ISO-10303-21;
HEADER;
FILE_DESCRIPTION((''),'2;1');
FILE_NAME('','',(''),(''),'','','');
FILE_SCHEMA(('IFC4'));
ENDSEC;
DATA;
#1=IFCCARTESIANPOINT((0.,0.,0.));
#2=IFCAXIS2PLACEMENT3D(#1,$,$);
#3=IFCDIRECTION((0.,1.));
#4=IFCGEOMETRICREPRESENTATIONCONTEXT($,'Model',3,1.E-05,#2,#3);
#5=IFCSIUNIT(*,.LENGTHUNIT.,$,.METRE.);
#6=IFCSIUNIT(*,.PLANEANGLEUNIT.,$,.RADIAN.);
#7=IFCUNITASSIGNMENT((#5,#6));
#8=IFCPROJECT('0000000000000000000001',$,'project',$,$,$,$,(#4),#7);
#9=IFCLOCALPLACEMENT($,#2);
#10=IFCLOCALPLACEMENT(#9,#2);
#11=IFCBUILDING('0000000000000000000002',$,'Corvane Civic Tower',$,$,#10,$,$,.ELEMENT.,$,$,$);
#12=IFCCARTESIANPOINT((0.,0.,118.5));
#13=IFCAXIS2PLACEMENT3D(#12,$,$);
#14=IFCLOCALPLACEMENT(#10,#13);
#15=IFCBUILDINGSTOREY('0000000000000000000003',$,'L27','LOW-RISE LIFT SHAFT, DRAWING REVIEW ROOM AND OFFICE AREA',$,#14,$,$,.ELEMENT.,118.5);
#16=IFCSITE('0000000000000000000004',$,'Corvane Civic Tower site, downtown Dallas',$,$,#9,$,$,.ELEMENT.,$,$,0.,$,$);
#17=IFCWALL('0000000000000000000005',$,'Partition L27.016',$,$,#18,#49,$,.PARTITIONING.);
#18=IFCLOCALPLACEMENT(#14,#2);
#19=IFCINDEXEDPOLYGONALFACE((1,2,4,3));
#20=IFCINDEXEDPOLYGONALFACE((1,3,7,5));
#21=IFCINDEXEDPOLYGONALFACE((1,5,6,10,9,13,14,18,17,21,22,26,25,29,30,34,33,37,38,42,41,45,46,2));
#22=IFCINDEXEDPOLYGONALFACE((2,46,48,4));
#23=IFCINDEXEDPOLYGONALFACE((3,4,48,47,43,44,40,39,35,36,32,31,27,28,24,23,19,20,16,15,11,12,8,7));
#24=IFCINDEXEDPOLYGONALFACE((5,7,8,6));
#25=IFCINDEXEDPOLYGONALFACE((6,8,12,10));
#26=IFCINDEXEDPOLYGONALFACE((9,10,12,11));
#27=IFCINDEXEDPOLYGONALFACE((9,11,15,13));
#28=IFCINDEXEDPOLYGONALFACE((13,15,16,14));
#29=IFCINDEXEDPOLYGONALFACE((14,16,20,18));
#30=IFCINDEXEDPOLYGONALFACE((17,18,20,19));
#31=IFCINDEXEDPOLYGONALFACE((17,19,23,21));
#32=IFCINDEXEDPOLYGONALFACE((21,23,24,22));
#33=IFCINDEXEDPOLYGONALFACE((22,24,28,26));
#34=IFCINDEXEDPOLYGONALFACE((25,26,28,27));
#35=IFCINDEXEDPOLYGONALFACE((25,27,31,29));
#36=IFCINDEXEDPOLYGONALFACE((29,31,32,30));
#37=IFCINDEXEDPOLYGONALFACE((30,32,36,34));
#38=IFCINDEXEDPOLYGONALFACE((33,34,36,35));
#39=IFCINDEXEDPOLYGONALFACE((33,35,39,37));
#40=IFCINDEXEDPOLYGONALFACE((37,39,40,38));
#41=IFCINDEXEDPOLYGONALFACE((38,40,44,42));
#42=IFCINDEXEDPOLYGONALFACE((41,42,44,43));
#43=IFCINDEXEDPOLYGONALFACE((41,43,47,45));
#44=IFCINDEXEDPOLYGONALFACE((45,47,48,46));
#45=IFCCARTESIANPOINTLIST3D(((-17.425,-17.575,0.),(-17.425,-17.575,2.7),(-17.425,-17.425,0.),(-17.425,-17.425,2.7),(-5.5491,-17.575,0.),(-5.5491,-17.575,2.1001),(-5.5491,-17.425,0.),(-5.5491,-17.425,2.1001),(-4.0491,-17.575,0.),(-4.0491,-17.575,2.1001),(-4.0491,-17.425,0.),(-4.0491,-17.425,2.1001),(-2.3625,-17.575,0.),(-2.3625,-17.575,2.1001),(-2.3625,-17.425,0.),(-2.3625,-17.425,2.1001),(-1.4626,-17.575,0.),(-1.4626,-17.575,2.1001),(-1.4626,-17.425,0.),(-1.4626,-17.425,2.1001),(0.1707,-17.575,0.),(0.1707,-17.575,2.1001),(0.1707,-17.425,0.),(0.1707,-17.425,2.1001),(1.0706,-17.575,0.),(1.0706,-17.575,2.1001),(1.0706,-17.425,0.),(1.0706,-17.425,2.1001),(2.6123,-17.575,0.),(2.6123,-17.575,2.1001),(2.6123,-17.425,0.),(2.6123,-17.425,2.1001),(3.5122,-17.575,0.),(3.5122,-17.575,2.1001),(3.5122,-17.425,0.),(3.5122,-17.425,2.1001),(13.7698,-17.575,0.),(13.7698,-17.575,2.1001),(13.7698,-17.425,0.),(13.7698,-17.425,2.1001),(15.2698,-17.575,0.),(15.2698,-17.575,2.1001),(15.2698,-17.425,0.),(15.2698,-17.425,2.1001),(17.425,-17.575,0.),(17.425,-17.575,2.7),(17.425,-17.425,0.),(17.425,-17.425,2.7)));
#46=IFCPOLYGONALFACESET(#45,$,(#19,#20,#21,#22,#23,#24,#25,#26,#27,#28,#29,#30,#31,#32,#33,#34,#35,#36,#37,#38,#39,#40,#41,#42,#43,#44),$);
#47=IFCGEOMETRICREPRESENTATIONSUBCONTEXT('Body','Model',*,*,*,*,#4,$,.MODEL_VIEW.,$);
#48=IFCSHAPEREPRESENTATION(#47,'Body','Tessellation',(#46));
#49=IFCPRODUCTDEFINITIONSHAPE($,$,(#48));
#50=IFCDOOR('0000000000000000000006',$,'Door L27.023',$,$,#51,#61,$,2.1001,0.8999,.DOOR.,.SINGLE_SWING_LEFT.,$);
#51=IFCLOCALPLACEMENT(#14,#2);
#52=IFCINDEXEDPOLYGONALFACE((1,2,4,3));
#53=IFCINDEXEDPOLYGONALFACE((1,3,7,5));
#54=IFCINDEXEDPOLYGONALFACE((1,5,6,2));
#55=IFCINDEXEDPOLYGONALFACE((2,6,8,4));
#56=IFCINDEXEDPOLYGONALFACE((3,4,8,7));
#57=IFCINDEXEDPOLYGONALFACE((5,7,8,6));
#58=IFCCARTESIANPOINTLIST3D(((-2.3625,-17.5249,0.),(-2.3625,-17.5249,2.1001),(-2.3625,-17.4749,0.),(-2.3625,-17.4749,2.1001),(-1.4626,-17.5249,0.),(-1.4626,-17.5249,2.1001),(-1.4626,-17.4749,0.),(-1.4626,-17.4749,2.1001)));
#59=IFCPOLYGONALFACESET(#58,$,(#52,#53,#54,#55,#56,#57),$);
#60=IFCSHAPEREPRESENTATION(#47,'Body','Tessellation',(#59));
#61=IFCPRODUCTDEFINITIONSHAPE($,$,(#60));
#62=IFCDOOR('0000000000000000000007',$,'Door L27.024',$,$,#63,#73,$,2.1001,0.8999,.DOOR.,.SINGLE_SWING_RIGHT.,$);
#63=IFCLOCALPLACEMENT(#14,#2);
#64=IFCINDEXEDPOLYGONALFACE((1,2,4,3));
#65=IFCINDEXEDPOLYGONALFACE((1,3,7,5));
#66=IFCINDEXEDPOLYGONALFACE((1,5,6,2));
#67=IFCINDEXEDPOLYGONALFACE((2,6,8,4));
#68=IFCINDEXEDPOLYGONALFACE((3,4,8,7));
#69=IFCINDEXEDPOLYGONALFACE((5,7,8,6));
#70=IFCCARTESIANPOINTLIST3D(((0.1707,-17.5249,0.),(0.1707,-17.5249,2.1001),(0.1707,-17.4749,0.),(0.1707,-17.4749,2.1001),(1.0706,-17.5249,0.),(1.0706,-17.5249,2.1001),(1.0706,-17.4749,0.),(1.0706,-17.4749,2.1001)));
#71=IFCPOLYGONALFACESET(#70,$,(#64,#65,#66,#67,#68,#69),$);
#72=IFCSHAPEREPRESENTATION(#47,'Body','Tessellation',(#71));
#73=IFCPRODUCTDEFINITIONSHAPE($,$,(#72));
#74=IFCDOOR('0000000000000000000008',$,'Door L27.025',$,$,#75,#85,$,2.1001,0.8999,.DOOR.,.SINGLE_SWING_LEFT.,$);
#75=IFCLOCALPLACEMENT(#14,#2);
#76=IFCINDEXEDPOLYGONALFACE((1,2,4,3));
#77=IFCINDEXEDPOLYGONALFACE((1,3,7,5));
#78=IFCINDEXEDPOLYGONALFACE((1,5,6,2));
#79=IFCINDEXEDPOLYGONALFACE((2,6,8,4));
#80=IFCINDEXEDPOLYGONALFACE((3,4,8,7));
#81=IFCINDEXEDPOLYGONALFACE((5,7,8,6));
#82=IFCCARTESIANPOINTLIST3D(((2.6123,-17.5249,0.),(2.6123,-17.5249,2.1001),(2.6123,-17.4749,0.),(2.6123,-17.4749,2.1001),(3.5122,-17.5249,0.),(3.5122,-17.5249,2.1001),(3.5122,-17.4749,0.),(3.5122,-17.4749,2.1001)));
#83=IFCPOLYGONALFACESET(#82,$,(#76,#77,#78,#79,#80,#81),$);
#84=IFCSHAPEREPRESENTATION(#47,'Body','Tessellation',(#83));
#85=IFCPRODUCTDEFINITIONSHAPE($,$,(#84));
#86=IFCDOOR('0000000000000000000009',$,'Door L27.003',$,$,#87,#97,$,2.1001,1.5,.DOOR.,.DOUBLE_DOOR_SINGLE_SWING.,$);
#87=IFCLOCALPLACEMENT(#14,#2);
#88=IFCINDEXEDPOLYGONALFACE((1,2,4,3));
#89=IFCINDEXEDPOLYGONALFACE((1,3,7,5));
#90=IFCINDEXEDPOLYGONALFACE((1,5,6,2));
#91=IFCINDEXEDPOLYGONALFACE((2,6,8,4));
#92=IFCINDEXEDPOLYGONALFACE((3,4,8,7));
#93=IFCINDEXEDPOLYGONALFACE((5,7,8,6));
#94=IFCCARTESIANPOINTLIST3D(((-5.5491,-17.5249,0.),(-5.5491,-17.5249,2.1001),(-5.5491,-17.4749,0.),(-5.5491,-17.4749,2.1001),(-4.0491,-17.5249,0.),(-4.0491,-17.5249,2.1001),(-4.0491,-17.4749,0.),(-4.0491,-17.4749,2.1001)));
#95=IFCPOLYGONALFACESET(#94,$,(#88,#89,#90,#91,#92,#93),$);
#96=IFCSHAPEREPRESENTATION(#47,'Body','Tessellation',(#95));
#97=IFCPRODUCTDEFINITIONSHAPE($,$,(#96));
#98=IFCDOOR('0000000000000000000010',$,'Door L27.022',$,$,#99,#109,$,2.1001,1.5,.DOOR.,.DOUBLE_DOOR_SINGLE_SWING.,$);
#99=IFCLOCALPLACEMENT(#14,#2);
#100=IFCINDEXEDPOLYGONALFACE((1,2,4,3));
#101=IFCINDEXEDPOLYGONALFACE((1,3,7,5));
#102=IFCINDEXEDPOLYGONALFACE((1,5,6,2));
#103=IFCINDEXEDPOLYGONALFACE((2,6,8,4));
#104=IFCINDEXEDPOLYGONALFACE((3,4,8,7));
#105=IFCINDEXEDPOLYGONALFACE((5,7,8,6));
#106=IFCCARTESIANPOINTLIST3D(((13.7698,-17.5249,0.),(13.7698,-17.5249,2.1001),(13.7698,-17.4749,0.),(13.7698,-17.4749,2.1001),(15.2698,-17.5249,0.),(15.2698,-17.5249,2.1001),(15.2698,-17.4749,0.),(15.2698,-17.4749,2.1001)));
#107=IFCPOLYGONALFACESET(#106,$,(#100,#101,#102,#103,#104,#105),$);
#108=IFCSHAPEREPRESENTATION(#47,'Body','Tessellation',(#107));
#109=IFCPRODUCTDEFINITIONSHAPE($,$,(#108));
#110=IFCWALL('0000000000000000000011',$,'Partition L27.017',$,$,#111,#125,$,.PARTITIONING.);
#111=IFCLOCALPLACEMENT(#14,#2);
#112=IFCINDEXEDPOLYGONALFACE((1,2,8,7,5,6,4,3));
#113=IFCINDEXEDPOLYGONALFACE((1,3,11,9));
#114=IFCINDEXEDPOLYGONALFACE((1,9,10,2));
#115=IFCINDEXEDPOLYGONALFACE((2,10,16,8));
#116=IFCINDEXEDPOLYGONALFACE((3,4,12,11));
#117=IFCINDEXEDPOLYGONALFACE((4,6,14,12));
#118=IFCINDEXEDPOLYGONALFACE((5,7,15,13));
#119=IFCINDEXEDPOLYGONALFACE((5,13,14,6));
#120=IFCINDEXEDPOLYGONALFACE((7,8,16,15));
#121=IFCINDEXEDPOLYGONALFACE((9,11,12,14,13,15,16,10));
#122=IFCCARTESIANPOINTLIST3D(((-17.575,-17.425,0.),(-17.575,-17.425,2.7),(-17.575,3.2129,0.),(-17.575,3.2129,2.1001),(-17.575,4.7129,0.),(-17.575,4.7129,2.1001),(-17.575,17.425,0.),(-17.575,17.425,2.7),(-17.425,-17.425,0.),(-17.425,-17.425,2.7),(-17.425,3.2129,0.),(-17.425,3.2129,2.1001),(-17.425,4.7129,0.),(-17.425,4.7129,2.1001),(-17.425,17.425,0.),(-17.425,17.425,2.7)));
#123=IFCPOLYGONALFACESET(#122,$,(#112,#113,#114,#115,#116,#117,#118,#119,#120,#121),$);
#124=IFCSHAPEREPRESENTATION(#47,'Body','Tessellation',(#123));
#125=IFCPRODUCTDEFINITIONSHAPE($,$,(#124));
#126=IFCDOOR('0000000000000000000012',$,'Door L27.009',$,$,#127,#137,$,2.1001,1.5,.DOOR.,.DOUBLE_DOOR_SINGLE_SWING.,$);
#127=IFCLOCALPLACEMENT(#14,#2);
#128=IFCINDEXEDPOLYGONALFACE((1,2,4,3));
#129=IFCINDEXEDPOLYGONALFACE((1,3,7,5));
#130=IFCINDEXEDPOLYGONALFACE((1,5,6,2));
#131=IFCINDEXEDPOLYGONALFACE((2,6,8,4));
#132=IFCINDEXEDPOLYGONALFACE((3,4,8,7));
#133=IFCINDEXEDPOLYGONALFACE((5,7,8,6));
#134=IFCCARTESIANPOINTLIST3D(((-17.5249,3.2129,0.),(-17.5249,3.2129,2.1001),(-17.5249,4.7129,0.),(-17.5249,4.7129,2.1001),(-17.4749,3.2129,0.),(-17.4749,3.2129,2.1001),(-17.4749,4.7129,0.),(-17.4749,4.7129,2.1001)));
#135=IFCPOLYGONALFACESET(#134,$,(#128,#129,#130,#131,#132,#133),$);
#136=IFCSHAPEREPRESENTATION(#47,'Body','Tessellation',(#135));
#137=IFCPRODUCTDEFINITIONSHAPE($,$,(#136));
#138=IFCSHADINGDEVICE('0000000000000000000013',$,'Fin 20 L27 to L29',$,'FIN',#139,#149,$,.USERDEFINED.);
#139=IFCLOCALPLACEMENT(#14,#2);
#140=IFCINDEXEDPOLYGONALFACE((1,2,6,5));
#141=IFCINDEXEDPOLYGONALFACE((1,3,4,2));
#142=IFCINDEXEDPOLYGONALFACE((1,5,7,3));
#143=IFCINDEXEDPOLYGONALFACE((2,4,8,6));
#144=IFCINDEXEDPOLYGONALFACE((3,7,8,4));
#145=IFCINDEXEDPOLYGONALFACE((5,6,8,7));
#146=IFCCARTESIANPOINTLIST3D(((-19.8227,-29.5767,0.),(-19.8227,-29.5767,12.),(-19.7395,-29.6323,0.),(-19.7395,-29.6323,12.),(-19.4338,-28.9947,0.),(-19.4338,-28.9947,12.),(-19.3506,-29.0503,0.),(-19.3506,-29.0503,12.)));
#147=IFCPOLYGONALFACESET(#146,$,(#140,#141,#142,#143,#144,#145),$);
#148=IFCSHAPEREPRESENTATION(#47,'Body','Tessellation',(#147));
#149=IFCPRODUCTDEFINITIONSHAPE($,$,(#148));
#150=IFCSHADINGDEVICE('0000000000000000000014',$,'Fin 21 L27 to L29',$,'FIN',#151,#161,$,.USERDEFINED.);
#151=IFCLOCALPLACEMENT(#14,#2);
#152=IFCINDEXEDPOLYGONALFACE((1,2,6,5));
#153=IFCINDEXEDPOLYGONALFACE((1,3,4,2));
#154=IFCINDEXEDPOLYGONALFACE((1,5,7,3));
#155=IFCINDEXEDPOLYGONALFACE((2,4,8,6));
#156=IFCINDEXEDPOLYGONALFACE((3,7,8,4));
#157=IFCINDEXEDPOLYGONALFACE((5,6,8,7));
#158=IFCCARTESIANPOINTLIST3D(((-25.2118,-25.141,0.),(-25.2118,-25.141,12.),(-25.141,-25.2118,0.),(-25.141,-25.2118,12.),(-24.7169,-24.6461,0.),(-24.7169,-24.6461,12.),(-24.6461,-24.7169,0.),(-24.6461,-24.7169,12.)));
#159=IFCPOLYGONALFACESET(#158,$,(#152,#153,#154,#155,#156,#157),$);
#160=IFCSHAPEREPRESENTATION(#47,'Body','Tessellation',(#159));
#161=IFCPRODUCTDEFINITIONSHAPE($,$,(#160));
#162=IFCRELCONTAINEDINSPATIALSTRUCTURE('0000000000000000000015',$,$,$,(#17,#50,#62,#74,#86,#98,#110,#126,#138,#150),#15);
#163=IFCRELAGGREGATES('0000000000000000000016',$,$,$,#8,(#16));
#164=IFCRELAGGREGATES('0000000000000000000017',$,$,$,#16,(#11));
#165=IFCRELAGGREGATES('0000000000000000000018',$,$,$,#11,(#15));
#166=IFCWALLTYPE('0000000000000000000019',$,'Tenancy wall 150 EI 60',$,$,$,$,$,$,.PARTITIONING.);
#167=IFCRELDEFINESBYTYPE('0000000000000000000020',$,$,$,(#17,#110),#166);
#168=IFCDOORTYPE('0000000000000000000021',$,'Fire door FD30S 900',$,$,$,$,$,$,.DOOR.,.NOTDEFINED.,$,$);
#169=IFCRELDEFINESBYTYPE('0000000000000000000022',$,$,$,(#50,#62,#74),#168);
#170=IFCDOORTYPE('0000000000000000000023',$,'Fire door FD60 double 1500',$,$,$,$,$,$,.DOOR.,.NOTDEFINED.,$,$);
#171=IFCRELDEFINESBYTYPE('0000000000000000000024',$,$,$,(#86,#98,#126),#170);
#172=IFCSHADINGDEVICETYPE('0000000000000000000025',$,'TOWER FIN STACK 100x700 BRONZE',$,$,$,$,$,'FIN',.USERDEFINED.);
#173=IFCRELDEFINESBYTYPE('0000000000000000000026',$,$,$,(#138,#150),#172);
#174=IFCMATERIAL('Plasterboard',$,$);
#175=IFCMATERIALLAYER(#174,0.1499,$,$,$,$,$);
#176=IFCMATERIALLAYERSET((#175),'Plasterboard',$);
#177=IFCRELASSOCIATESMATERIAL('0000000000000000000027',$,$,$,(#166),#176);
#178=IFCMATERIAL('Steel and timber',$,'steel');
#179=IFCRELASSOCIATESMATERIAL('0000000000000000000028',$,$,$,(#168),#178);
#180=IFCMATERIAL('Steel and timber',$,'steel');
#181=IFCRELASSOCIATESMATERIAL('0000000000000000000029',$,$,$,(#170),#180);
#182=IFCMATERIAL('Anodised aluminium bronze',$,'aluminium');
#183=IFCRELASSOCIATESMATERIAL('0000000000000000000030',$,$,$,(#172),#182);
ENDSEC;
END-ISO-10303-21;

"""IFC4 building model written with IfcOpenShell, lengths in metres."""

from ifc_helpers import new_model, si_unit, direction, frame, frame_2d, origin, origin_2d, place, context, subcontext, project, spatial, rectangle, extrude, material, layer, layer_set, material_profile, profile_set, type_object, element, fill, save


model = new_model("IFC4")

# Units and contexts
model_context = context("Model", 3, precision=1e-05, world=origin(), true_north=direction((0.0, 1.0)))
body_context = subcontext(model_context, "Body", "Model", "MODEL_VIEW")
ifc_project = project(units=[si_unit("LENGTHUNIT", "METRE"), si_unit("PLANEANGLEUNIT", "RADIAN")], contexts=[model_context])

# Site, building, storey
site_placement = place(None, origin())
site = spatial("IfcSite", under=ifc_project, at=site_placement, Name="Corvane Civic Tower site, downtown Dallas", CompositionType="ELEMENT", RefElevation=0.0)
building_placement = place(site_placement, origin())
building = spatial("IfcBuilding", under=site, at=building_placement, Name="Corvane Civic Tower", CompositionType="ELEMENT")
storey_placement = place(building_placement, frame((0.0, 0.0, 118.5)))
storey = spatial("IfcBuildingStorey", under=building, at=storey_placement, Name="L27", Description="LOW-RISE LIFT SHAFT, DRAWING REVIEW ROOM AND OFFICE AREA", CompositionType="ELEMENT", Elevation=118.5)

# Wall, openings, doors
ifc_material_1 = material(Name="Plasterboard")
ifc_layer_1 = layer(ifc_material_1, 0.1499)
ifc_layer_set_1 = layer_set([ifc_layer_1], Name="Plasterboard")
wall_type_1 = type_object("IfcWallType", Name="Tenancy wall 150 EI 60", PredefinedType="PARTITIONING", material=ifc_layer_set_1)
wall_1_placement = place(storey_placement, frame((-17.425, -17.5, 0.0), z_axis=(0.0, 0.0, 1.0), x_axis=(1.0, 0.0, 0.0)))
wall_1 = element("IfcWall", 1, at=wall_1_placement, inside=storey, type_object=wall_type_1, Name="Partition L27.016", PredefinedType="PARTITIONING", context=body_context, shape_type="SweptSolid", body=[
    extrude(rectangle(XDim=34.8501, YDim=0.1499, at=frame_2d((17.425, 0.0))), origin(), (0.0, 0.0, 1.0), 2.7),
])
opening_1_placement = place(wall_1_placement, frame((11.876, 0.0, 0.0)))
opening_1 = element("IfcOpeningElement", 2, at=opening_1_placement, cuts=wall_1, PredefinedType="OPENING", context=body_context, shape_type="SweptSolid", body=[
    extrude(rectangle(XDim=1.5, YDim=2.1001, at=frame_2d((0.75, 1.05))), frame((0.0, 0.085, 0.0), z_axis=(0.0, -1.0, 0.0), x_axis=(1.0, 0.0, 0.0)), (0.0, 0.0, 1.0), 0.1699),
])
opening_2_placement = place(wall_1_placement, frame((31.1948, 0.0, 0.0)))
opening_2 = element("IfcOpeningElement", 3, at=opening_2_placement, cuts=wall_1, PredefinedType="OPENING", context=body_context, shape_type="SweptSolid", body=[
    extrude(rectangle(XDim=1.5, YDim=2.1001, at=frame_2d((0.75, 1.05))), frame((0.0, 0.085, 0.0), z_axis=(0.0, -1.0, 0.0), x_axis=(1.0, 0.0, 0.0)), (0.0, 0.0, 1.0), 0.1699),
])
opening_3_placement = place(wall_1_placement, frame((15.0625, 0.0, 0.0)))
opening_3 = element("IfcOpeningElement", 4, at=opening_3_placement, cuts=wall_1, PredefinedType="OPENING", context=body_context, shape_type="SweptSolid", body=[
    extrude(rectangle(XDim=0.8999, YDim=2.1001, at=frame_2d((0.45, 1.05))), frame((0.0, 0.085, 0.0), z_axis=(0.0, -1.0, 0.0), x_axis=(1.0, 0.0, 0.0)), (0.0, 0.0, 1.0), 0.1699),
])
opening_4_placement = place(wall_1_placement, frame((17.5957, 0.0, 0.0)))
opening_4 = element("IfcOpeningElement", 5, at=opening_4_placement, cuts=wall_1, PredefinedType="OPENING", context=body_context, shape_type="SweptSolid", body=[
    extrude(rectangle(XDim=0.8999, YDim=2.1001, at=frame_2d((0.45, 1.05))), frame((0.0, 0.085, 0.0), z_axis=(0.0, -1.0, 0.0), x_axis=(1.0, 0.0, 0.0)), (0.0, 0.0, 1.0), 0.1699),
])
opening_5_placement = place(wall_1_placement, frame((20.0374, 0.0, 0.0)))
opening_5 = element("IfcOpeningElement", 6, at=opening_5_placement, cuts=wall_1, PredefinedType="OPENING", context=body_context, shape_type="SweptSolid", body=[
    extrude(rectangle(XDim=0.8999, YDim=2.1001, at=frame_2d((0.45, 1.05))), frame((0.0, 0.085, 0.0), z_axis=(0.0, -1.0, 0.0), x_axis=(1.0, 0.0, 0.0)), (0.0, 0.0, 1.0), 0.1699),
])
ifc_material_2 = material(Name="Steel and timber", Category="steel")
door_type_1 = type_object("IfcDoorType", Name="Fire door FD30S 900", OperationType="NOTDEFINED", PredefinedType="DOOR", material=ifc_material_2)
door_1_placement = place(opening_3_placement, frame((0.8999, 0.0, 0.0), z_axis=(0.0, 0.0, 1.0), x_axis=(-1.0, 0.0, 0.0)))
door_1 = element("IfcDoor", 7, at=door_1_placement, inside=storey, type_object=door_type_1, Name="Door L27.023", OperationType="SINGLE_SWING_LEFT", OverallHeight=2.1001, OverallWidth=0.8999, PredefinedType="DOOR", context=body_context, shape_type="SweptSolid", body=[
    extrude(rectangle(XDim=0.8999, YDim=2.1001, at=frame_2d((0.45, 1.05))), frame((0.0, 0.0249, 0.0), z_axis=(0.0, -1.0, 0.0), x_axis=(1.0, 0.0, 0.0)), (0.0, 0.0, 1.0), 0.05),
])
fill(opening_3, door_1)
door_2_placement = place(opening_4_placement, frame((0.8999, 0.0, 0.0), z_axis=(0.0, 0.0, 1.0), x_axis=(-1.0, 0.0, 0.0)))
door_2 = element("IfcDoor", 8, at=door_2_placement, inside=storey, type_object=door_type_1, Name="Door L27.024", OperationType="SINGLE_SWING_RIGHT", OverallHeight=2.1001, OverallWidth=0.8999, PredefinedType="DOOR", context=body_context, shape_type="SweptSolid", body=[
    extrude(rectangle(XDim=0.8999, YDim=2.1001, at=frame_2d((0.45, 1.05))), frame((0.0, 0.0249, 0.0), z_axis=(0.0, -1.0, 0.0), x_axis=(1.0, 0.0, 0.0)), (0.0, 0.0, 1.0), 0.05),
])
fill(opening_4, door_2)
door_3_placement = place(opening_5_placement, frame((0.8999, 0.0, 0.0), z_axis=(0.0, 0.0, 1.0), x_axis=(-1.0, 0.0, 0.0)))
door_3 = element("IfcDoor", 9, at=door_3_placement, inside=storey, type_object=door_type_1, Name="Door L27.025", OperationType="SINGLE_SWING_LEFT", OverallHeight=2.1001, OverallWidth=0.8999, PredefinedType="DOOR", context=body_context, shape_type="SweptSolid", body=[
    extrude(rectangle(XDim=0.8999, YDim=2.1001, at=frame_2d((0.45, 1.05))), frame((0.0, 0.0249, 0.0), z_axis=(0.0, -1.0, 0.0), x_axis=(1.0, 0.0, 0.0)), (0.0, 0.0, 1.0), 0.05),
])
fill(opening_5, door_3)
ifc_material_3 = material(Name="Steel and timber", Category="steel")
door_type_2 = type_object("IfcDoorType", Name="Fire door FD60 double 1500", OperationType="NOTDEFINED", PredefinedType="DOOR", material=ifc_material_3)
door_4_placement = place(opening_1_placement, frame((1.5, 0.0, 0.0), z_axis=(0.0, 0.0, 1.0), x_axis=(-1.0, 0.0, 0.0)))
door_4 = element("IfcDoor", 10, at=door_4_placement, inside=storey, type_object=door_type_2, Name="Door L27.003", OperationType="DOUBLE_DOOR_SINGLE_SWING", OverallHeight=2.1001, OverallWidth=1.5, PredefinedType="DOOR", context=body_context, shape_type="SweptSolid", body=[
    extrude(rectangle(XDim=1.5, YDim=2.1001, at=frame_2d((0.75, 1.05))), frame((0.0, 0.0249, 0.0), z_axis=(0.0, -1.0, 0.0), x_axis=(1.0, 0.0, 0.0)), (0.0, 0.0, 1.0), 0.05),
])
fill(opening_1, door_4)
door_5_placement = place(opening_2_placement, frame((1.5, 0.0, 0.0), z_axis=(0.0, 0.0, 1.0), x_axis=(-1.0, 0.0, 0.0)))
door_5 = element("IfcDoor", 11, at=door_5_placement, inside=storey, type_object=door_type_2, Name="Door L27.022", OperationType="DOUBLE_DOOR_SINGLE_SWING", OverallHeight=2.1001, OverallWidth=1.5, PredefinedType="DOOR", context=body_context, shape_type="SweptSolid", body=[
    extrude(rectangle(XDim=1.5, YDim=2.1001, at=frame_2d((0.75, 1.05))), frame((0.0, 0.0249, 0.0), z_axis=(0.0, -1.0, 0.0), x_axis=(1.0, 0.0, 0.0)), (0.0, 0.0, 1.0), 0.05),
])
fill(opening_2, door_5)

# Wall, opening, door
wall_2_placement = place(storey_placement, frame((-17.5, -17.425, 0.0), z_axis=(0.0, 0.0, 1.0), x_axis=(0.0, 1.0, 0.0)))
wall_2 = element("IfcWall", 12, at=wall_2_placement, inside=storey, type_object=wall_type_1, Name="Partition L27.017", PredefinedType="PARTITIONING", context=body_context, shape_type="SweptSolid", body=[
    extrude(rectangle(XDim=34.8501, YDim=0.1499, at=frame_2d((17.425, 0.0))), origin(), (0.0, 0.0, 1.0), 2.7),
])
opening_6_placement = place(wall_2_placement, frame((20.6379, 0.0, 0.0)))
opening_6 = element("IfcOpeningElement", 13, at=opening_6_placement, cuts=wall_2, PredefinedType="OPENING", context=body_context, shape_type="SweptSolid", body=[
    extrude(rectangle(XDim=1.5, YDim=2.1001, at=frame_2d((0.75, 1.05))), frame((0.0, 0.085, 0.0), z_axis=(0.0, -1.0, 0.0), x_axis=(1.0, 0.0, 0.0)), (0.0, 0.0, 1.0), 0.1699),
])
door_6_placement = place(opening_6_placement, origin())
door_6 = element("IfcDoor", 14, at=door_6_placement, inside=storey, type_object=door_type_2, Name="Door L27.009", OperationType="DOUBLE_DOOR_SINGLE_SWING", OverallHeight=2.1001, OverallWidth=1.5, PredefinedType="DOOR", context=body_context, shape_type="SweptSolid", body=[
    extrude(rectangle(XDim=1.5, YDim=2.1001, at=frame_2d((0.75, 1.05))), frame((0.0, 0.0249, 0.0), z_axis=(0.0, -1.0, 0.0), x_axis=(1.0, 0.0, 0.0)), (0.0, 0.0, 1.0), 0.05),
])
fill(opening_6, door_6)

# Shading devices
ifc_material_4 = material(Name="Anodised aluminium bronze", Category="aluminium")
ifc_material_profile_1 = material_profile(ifc_material_4, rectangle(XDim=0.1001, YDim=0.7, at=origin_2d()), Name="TOWER FIN STACK 100x700 BRONZE")
ifc_profile_set_1 = profile_set([ifc_material_profile_1], Name="Anodised aluminium bronze")
shading_device_type = type_object("IfcShadingDeviceType", Name="TOWER FIN STACK 100x700 BRONZE", ElementType="FIN", PredefinedType="USERDEFINED", material=ifc_profile_set_1)
for number, where, z_axis, x_axis, name in (
    (15, (-19.5867, -29.3135, 0.0), (0.0, 0.0, 1.0), (-0.83147, 0.55557, 0.0), "Fin 20 L27 to L29"),
    (16, (-24.929, -24.929, 0.0), (0.0, 0.0, 1.0), (-0.707107, 0.707107, 0.0), "Fin 21 L27 to L29"),
):
    element("IfcShadingDevice", number, at=place(storey_placement, frame(where, z_axis=z_axis, x_axis=x_axis)), inside=storey, type_object=shading_device_type, Name=name, ObjectType="FIN", PredefinedType="USERDEFINED", context=body_context, shape_type="SweptSolid", body=[
        extrude(rectangle(XDim=0.1001, YDim=0.7, at=origin_2d()), origin(), (0.0, 0.0, 1.0), 12.0),
    ])

save(model, "model.ifc")
